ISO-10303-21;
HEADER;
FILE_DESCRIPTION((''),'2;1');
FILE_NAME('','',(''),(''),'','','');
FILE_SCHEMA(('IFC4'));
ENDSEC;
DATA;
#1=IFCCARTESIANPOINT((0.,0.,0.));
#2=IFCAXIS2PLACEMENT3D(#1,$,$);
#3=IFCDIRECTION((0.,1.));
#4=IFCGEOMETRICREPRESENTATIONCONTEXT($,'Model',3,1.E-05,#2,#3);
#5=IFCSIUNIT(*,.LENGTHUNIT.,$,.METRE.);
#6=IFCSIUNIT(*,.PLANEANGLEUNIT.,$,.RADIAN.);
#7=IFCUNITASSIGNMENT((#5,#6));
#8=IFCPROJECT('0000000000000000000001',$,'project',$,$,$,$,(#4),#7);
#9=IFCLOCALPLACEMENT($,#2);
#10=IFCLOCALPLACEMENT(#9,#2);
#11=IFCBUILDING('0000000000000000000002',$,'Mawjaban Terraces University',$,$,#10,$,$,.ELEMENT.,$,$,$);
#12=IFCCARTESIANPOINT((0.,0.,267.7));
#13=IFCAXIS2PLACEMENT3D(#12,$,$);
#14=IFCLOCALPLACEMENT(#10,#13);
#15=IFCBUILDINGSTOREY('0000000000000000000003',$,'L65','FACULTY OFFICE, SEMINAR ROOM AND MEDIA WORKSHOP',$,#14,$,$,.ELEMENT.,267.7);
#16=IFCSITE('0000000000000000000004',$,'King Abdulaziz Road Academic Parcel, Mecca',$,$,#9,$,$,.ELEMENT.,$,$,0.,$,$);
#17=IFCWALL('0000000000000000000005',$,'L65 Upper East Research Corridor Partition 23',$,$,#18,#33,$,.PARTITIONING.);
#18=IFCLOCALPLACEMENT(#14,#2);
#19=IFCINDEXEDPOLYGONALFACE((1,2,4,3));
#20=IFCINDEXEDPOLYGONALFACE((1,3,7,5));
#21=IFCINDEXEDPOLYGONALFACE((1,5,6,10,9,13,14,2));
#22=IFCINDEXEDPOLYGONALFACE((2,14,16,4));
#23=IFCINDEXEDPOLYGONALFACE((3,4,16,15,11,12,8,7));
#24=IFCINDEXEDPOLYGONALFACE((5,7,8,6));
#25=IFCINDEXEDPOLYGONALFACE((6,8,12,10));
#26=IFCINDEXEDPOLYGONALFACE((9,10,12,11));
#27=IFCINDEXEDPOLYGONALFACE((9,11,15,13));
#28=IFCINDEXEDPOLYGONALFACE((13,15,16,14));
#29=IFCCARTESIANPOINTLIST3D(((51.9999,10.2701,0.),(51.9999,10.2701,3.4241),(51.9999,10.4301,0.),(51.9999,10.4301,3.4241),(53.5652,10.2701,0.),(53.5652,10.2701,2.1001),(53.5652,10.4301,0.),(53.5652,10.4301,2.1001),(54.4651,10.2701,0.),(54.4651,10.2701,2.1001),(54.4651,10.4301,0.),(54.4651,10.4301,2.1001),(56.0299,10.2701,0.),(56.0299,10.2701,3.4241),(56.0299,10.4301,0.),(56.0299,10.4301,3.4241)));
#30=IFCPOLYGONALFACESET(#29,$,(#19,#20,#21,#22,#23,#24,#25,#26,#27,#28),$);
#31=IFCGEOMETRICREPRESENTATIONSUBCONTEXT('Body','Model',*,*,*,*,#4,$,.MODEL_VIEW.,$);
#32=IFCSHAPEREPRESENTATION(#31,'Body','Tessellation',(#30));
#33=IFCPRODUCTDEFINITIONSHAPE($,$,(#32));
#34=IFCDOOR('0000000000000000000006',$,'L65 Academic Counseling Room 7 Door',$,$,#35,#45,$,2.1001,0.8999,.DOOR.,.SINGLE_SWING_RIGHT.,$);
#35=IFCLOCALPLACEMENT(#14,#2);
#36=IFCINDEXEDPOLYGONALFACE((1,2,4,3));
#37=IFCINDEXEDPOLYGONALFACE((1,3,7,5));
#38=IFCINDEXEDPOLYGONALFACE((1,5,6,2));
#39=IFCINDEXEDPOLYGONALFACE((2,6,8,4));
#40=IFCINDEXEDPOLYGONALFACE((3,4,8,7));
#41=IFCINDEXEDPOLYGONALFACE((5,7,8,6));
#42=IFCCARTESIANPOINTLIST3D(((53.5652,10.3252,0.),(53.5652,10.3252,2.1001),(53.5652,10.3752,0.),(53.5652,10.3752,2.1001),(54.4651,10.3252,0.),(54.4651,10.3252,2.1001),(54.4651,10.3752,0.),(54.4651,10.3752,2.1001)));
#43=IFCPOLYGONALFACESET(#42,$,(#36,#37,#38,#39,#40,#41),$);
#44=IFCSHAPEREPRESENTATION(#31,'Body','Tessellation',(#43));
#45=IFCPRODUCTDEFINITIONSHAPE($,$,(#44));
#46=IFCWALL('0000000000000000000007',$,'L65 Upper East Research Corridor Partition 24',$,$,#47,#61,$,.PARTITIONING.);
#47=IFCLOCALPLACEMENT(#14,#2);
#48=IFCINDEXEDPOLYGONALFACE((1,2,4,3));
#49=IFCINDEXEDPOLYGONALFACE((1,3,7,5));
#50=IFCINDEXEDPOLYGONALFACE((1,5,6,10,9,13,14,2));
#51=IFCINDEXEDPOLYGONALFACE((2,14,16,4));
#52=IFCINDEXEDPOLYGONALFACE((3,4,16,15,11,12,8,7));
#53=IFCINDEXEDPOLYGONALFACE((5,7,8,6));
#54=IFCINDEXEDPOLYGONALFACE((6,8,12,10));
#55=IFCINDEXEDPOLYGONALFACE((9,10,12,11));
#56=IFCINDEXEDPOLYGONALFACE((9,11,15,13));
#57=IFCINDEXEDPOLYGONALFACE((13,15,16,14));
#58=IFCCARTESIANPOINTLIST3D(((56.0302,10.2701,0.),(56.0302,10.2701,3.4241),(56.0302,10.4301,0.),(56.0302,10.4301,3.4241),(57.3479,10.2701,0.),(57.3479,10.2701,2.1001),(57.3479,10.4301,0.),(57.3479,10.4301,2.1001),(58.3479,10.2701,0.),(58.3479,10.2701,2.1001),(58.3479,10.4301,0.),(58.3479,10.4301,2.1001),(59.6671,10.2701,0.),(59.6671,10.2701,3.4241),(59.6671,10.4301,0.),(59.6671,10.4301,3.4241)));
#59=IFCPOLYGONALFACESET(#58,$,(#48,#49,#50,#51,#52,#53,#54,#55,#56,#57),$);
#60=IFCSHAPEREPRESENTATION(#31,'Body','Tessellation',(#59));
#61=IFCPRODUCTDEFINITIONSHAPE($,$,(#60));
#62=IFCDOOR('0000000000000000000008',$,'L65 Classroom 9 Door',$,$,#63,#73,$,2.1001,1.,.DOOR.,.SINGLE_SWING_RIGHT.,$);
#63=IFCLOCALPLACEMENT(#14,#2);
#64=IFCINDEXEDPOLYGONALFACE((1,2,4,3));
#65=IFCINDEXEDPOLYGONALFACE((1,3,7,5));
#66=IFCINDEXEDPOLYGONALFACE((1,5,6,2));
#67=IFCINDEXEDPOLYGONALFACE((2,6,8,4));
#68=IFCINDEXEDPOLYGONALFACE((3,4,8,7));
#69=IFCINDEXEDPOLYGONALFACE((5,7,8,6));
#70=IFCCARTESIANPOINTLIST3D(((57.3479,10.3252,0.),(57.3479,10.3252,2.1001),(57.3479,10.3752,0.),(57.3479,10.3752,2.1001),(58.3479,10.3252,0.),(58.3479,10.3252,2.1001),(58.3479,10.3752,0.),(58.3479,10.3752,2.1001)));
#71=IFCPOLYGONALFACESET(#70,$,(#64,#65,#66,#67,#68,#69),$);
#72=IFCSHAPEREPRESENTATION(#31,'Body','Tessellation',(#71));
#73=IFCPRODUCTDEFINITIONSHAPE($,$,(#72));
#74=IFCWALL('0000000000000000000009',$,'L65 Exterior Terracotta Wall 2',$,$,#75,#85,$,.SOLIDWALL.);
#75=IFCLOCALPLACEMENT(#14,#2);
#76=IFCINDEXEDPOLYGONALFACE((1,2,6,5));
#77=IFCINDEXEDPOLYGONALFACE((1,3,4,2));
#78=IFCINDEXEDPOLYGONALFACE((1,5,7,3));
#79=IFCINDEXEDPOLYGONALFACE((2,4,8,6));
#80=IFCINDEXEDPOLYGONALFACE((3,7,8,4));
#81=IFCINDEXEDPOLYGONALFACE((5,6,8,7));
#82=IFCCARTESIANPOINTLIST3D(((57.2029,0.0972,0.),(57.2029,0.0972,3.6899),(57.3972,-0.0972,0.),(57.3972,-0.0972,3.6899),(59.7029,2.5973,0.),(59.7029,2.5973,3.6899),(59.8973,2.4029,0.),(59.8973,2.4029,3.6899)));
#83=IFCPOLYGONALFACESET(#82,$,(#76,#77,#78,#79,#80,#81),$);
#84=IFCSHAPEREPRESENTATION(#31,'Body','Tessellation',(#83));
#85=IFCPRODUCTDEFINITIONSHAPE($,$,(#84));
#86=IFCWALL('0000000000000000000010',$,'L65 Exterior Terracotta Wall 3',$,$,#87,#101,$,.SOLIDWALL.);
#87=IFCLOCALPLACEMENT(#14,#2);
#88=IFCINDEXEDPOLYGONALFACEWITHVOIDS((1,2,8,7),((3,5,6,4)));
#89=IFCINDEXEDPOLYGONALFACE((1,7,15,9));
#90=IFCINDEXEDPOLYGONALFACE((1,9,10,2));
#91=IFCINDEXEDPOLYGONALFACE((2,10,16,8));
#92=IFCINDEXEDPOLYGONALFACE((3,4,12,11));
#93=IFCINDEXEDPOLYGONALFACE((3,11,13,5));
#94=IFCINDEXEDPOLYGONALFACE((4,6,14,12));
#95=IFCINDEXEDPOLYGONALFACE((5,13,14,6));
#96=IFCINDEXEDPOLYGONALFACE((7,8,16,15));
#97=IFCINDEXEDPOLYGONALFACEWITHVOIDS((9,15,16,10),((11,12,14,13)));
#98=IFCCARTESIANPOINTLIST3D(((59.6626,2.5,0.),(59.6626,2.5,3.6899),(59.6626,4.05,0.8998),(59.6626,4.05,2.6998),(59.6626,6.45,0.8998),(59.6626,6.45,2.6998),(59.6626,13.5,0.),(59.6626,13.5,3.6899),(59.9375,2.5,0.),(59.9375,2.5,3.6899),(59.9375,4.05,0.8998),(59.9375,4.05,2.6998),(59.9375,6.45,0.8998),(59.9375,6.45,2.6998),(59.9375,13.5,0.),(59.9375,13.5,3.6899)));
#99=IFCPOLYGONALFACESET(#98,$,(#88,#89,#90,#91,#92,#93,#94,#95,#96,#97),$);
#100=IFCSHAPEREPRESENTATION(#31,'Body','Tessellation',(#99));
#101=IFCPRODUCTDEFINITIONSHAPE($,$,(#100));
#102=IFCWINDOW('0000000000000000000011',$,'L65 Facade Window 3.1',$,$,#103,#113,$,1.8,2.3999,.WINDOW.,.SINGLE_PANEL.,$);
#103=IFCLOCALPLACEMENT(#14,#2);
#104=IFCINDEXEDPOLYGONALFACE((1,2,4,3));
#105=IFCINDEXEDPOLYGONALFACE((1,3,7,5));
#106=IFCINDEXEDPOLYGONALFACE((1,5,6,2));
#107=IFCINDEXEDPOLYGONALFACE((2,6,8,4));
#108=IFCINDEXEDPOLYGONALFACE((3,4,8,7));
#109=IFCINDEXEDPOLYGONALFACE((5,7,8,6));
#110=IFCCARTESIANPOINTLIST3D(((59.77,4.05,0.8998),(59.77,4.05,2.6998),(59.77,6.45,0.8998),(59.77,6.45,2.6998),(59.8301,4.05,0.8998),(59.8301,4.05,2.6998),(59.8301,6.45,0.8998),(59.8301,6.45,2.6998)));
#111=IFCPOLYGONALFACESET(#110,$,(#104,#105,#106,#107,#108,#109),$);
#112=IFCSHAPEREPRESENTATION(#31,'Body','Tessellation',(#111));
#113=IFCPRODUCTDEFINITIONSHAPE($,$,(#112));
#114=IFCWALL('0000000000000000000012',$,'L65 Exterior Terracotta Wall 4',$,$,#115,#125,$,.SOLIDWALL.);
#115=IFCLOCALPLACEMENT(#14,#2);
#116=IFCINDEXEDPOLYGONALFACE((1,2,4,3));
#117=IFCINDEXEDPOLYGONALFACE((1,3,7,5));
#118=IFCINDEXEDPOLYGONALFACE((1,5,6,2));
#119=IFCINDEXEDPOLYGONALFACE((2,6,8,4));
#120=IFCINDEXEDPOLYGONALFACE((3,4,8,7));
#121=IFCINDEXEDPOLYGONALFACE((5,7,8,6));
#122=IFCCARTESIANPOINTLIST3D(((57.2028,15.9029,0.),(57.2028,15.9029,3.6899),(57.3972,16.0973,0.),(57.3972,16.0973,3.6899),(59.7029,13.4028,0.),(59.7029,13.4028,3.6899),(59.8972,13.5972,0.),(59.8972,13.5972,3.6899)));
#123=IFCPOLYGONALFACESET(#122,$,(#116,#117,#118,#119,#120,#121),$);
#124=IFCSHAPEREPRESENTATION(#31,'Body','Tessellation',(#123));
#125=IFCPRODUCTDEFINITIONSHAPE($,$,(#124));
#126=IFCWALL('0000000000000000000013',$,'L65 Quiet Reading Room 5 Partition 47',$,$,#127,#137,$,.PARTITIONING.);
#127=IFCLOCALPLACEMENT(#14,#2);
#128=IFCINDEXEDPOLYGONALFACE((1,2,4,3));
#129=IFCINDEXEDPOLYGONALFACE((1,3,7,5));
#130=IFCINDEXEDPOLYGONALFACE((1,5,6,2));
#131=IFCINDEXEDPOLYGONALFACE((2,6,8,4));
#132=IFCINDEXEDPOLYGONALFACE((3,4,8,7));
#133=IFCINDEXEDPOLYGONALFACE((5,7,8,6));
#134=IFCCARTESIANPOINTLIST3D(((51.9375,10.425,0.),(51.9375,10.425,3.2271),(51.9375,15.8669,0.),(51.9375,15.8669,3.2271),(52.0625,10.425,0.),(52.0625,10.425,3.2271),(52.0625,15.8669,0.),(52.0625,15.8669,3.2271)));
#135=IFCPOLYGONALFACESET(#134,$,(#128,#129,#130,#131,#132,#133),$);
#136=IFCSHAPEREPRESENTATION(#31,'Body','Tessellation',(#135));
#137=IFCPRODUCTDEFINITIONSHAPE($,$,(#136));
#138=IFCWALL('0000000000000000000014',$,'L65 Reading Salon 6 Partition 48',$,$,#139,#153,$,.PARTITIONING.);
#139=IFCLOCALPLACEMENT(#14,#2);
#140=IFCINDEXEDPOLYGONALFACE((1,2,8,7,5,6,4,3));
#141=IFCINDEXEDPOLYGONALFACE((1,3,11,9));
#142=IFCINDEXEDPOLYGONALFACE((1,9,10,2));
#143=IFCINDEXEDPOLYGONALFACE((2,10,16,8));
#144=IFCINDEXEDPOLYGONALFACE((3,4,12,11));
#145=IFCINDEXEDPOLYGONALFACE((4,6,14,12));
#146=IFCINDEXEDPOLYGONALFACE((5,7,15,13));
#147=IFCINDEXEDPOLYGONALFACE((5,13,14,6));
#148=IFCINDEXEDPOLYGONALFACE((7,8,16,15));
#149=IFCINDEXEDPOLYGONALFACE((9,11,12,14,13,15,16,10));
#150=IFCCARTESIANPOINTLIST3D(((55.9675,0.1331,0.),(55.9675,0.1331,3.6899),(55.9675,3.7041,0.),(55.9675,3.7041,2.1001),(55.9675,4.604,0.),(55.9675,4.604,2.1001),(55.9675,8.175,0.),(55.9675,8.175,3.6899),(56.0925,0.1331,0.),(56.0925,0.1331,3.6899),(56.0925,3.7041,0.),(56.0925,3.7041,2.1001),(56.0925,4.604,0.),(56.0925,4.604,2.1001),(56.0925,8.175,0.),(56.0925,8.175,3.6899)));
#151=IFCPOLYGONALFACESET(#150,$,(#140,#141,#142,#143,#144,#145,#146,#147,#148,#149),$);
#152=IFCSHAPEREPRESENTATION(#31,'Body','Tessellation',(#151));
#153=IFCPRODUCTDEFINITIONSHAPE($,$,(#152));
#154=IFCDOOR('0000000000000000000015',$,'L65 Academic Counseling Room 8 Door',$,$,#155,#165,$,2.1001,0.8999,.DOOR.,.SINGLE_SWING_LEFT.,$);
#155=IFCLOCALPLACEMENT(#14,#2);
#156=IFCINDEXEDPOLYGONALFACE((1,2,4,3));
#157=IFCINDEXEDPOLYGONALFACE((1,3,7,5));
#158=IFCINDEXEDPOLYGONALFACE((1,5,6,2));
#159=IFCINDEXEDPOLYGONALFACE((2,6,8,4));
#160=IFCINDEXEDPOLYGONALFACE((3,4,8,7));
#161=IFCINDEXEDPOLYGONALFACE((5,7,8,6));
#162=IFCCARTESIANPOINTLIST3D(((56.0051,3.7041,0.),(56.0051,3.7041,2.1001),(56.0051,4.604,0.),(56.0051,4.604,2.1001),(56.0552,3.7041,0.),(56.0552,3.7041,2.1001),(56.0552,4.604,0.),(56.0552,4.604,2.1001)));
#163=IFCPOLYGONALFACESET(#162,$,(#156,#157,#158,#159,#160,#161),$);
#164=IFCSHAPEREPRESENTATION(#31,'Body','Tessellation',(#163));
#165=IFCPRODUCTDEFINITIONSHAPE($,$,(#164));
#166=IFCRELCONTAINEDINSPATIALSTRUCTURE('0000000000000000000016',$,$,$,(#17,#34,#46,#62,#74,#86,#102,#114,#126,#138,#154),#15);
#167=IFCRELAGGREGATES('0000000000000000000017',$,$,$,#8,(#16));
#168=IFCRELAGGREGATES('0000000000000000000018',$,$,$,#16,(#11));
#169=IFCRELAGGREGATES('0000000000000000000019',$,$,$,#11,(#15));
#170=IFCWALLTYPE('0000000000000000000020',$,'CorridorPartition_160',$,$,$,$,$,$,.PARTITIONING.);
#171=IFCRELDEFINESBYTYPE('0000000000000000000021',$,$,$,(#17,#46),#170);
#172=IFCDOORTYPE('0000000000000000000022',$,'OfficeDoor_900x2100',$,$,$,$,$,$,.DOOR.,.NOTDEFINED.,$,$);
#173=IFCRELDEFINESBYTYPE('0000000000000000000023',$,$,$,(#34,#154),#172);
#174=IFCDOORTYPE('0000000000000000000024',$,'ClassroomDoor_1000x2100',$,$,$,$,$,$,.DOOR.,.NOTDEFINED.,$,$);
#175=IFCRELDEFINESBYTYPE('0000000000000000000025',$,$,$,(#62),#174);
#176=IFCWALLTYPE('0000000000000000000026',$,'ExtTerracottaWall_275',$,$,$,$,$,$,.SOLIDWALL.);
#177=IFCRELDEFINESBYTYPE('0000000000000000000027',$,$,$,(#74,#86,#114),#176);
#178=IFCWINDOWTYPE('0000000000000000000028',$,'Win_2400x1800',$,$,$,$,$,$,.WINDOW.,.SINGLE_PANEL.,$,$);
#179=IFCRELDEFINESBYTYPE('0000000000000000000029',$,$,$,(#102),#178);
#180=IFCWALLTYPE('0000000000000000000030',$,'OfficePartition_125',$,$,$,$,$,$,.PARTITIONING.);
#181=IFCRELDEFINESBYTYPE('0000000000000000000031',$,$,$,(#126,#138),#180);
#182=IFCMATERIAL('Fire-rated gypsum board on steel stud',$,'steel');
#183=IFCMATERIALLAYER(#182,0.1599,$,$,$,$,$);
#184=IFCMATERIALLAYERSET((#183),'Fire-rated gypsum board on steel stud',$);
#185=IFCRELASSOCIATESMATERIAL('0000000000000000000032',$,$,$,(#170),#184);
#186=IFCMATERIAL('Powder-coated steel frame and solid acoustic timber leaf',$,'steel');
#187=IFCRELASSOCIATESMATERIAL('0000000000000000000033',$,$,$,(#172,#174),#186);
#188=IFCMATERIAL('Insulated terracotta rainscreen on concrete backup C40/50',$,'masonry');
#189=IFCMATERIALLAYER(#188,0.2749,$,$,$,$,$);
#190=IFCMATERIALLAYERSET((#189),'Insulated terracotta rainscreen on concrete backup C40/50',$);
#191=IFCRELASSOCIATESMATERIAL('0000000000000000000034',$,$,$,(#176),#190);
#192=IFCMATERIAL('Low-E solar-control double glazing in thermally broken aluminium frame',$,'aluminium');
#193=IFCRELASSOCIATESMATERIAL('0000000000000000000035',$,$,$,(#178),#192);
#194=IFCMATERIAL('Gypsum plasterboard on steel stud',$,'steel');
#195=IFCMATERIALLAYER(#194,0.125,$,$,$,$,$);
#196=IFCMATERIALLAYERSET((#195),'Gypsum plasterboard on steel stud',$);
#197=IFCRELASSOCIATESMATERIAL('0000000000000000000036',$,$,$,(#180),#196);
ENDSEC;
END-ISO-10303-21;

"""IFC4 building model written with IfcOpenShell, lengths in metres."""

from ifc_helpers import new_model, si_unit, direction, frame, frame_2d, origin, place, context, subcontext, project, spatial, rectangle, extrude, material, layer, layer_set, type_object, element, fill, save


model = new_model("IFC4")

# Units and contexts
model_context = context("Model", 3, precision=1e-05, world=origin(), true_north=direction((0.0, 1.0)))
body_context = subcontext(model_context, "Body", "Model", "MODEL_VIEW")
ifc_project = project(units=[si_unit("LENGTHUNIT", "METRE"), si_unit("PLANEANGLEUNIT", "RADIAN")], contexts=[model_context])

# Site, building, storey
site_placement = place(None, origin())
site = spatial("IfcSite", under=ifc_project, at=site_placement, Name="King Abdulaziz Road Academic Parcel, Mecca", CompositionType="ELEMENT", RefElevation=0.0)
building_placement = place(site_placement, origin())
building = spatial("IfcBuilding", under=site, at=building_placement, Name="Mawjaban Terraces University", CompositionType="ELEMENT")
storey_placement = place(building_placement, frame((0.0, 0.0, 267.7)))
storey = spatial("IfcBuildingStorey", under=building, at=storey_placement, Name="L65", Description="FACULTY OFFICE, SEMINAR ROOM AND MEDIA WORKSHOP", CompositionType="ELEMENT", Elevation=267.7)

# Shared definitions
ifc_material_1 = material(Name="Fire-rated gypsum board on steel stud", Category="steel")
ifc_layer_1 = layer(ifc_material_1, 0.1599)
ifc_layer_set_1 = layer_set([ifc_layer_1], Name="Fire-rated gypsum board on steel stud")
wall_type_1 = type_object("IfcWallType", Name="CorridorPartition_160", PredefinedType="PARTITIONING", material=ifc_layer_set_1)
ifc_material_2 = material(Name="Powder-coated steel frame and solid acoustic timber leaf", Category="steel")
door_type_1 = type_object("IfcDoorType", Name="OfficeDoor_900x2100", OperationType="NOTDEFINED", PredefinedType="DOOR", material=ifc_material_2)

# Walls, openings, doors
wall_1_placement = place(storey_placement, frame((56.03, 10.3501, 0.0), z_axis=(0.0, 0.0, 1.0), x_axis=(-1.0, 0.0, 0.0)))
wall_1 = element("IfcWall", 1, at=wall_1_placement, inside=storey, type_object=wall_type_1, Name="L65 Upper East Research Corridor Partition 23", PredefinedType="PARTITIONING", context=body_context, shape_type="SweptSolid", body=[
    extrude(rectangle(XDim=4.03, YDim=0.1599, at=frame_2d((2.0151, 0.0))), origin(), (0.0, 0.0, 1.0), 3.4241),
])
opening_1_placement = place(wall_1_placement, frame((1.5649, 0.0, 0.0)))
opening_1 = element("IfcOpeningElement", 2, at=opening_1_placement, cuts=wall_1, PredefinedType="OPENING", context=body_context, shape_type="SweptSolid", body=[
    extrude(rectangle(XDim=0.8999, YDim=2.1001, at=frame_2d((0.45, 1.05))), frame((0.0, 0.0898, 0.0), z_axis=(0.0, -1.0, 0.0), x_axis=(1.0, 0.0, 0.0)), (0.0, 0.0, 1.0), 0.1799),
])
door_1_placement = place(opening_1_placement, origin())
door_1 = element("IfcDoor", 3, at=door_1_placement, inside=storey, type_object=door_type_1, Name="L65 Academic Counseling Room 7 Door", OperationType="SINGLE_SWING_RIGHT", OverallHeight=2.1001, OverallWidth=0.8999, PredefinedType="DOOR", context=body_context, shape_type="SweptSolid", body=[
    extrude(rectangle(XDim=0.8999, YDim=2.1001, at=frame_2d((0.45, 1.05))), frame((0.0, 0.0249, 0.0), z_axis=(0.0, -1.0, 0.0), x_axis=(1.0, 0.0, 0.0)), (0.0, 0.0, 1.0), 0.05),
])
fill(opening_1, door_1)
wall_2_placement = place(storey_placement, frame((59.667, 10.3501, 0.0), z_axis=(0.0, 0.0, 1.0), x_axis=(-1.0, 0.0, 0.0)))
wall_2 = element("IfcWall", 4, at=wall_2_placement, inside=storey, type_object=wall_type_1, Name="L65 Upper East Research Corridor Partition 24", PredefinedType="PARTITIONING", context=body_context, shape_type="SweptSolid", body=[
    extrude(rectangle(XDim=3.637, YDim=0.1599, at=frame_2d((1.8184, 0.0))), origin(), (0.0, 0.0, 1.0), 3.4241),
])
opening_2_placement = place(wall_2_placement, frame((1.3191, 0.0, 0.0)))
opening_2 = element("IfcOpeningElement", 5, at=opening_2_placement, cuts=wall_2, PredefinedType="OPENING", context=body_context, shape_type="SweptSolid", body=[
    extrude(rectangle(XDim=1.0, YDim=2.1001, at=frame_2d((0.5, 1.05))), frame((0.0, 0.0898, 0.0), z_axis=(0.0, -1.0, 0.0), x_axis=(1.0, 0.0, 0.0)), (0.0, 0.0, 1.0), 0.1799),
])
door_type_2 = type_object("IfcDoorType", Name="ClassroomDoor_1000x2100", OperationType="NOTDEFINED", PredefinedType="DOOR", material=ifc_material_2)
door_2_placement = place(opening_2_placement, origin())
door_2 = element("IfcDoor", 6, at=door_2_placement, inside=storey, type_object=door_type_2, Name="L65 Classroom 9 Door", OperationType="SINGLE_SWING_RIGHT", OverallHeight=2.1001, OverallWidth=1.0, PredefinedType="DOOR", context=body_context, shape_type="SweptSolid", body=[
    extrude(rectangle(XDim=1.0, YDim=2.1001, at=frame_2d((0.5, 1.05))), frame((0.0, 0.0249, 0.0), z_axis=(0.0, -1.0, 0.0), x_axis=(1.0, 0.0, 0.0)), (0.0, 0.0, 1.0), 0.05),
])
fill(opening_2, door_2)

# Wall
ifc_material_3 = material(Name="Insulated terracotta rainscreen on concrete backup C40/50", Category="masonry")
ifc_layer_2 = layer(ifc_material_3, 0.2749)
ifc_layer_set_2 = layer_set([ifc_layer_2], Name="Insulated terracotta rainscreen on concrete backup C40/50")
wall_type_2 = type_object("IfcWallType", Name="ExtTerracottaWall_275", PredefinedType="SOLIDWALL", material=ifc_layer_set_2)
wall_3_placement = place(storey_placement, frame((57.3, 0.0, 0.0), z_axis=(0.0, 0.0, 1.0), x_axis=(0.707107, 0.707107, 0.0)))
element("IfcWall", 7, at=wall_3_placement, inside=storey, type_object=wall_type_2, Name="L65 Exterior Terracotta Wall 2", PredefinedType="SOLIDWALL", context=body_context, shape_type="SweptSolid", body=[
    extrude(rectangle(XDim=3.5356, YDim=0.2749, at=frame_2d((1.7678, 0.0))), origin(), (0.0, 0.0, 1.0), 3.6899),
])

# Wall, opening, window
wall_4_placement = place(storey_placement, frame((59.8, 2.5, 0.0), z_axis=(0.0, 0.0, 1.0), x_axis=(0.0, 1.0, 0.0)))
wall_4 = element("IfcWall", 8, at=wall_4_placement, inside=storey, type_object=wall_type_2, Name="L65 Exterior Terracotta Wall 3", PredefinedType="SOLIDWALL", context=body_context, shape_type="SweptSolid", body=[
    extrude(rectangle(XDim=11.0, YDim=0.2749, at=frame_2d((5.5, 0.0))), origin(), (0.0, 0.0, 1.0), 3.6899),
])
opening_3_placement = place(wall_4_placement, frame((1.55, 0.0, 0.8999)))
opening_3 = element("IfcOpeningElement", 9, at=opening_3_placement, cuts=wall_4, PredefinedType="OPENING", context=body_context, shape_type="SweptSolid", body=[
    extrude(rectangle(XDim=2.3999, YDim=1.8, at=frame_2d((1.2, 0.8999))), frame((0.0, 0.1475, 0.0), z_axis=(0.0, -1.0, 0.0), x_axis=(1.0, 0.0, 0.0)), (0.0, 0.0, 1.0), 0.2949),
])
ifc_material_4 = material(Name="Low-E solar-control double glazing in thermally broken aluminium frame", Category="aluminium")
window_type = type_object("IfcWindowType", Name="Win_2400x1800", PartitioningType="SINGLE_PANEL", PredefinedType="WINDOW", material=ifc_material_4)
window_placement = place(opening_3_placement, origin())
window = element("IfcWindow", 10, at=window_placement, inside=storey, type_object=window_type, Name="L65 Facade Window 3.1", OverallHeight=1.8, OverallWidth=2.3999, PartitioningType="SINGLE_PANEL", PredefinedType="WINDOW", context=body_context, shape_type="SweptSolid", body=[
    extrude(rectangle(XDim=2.3999, YDim=1.8, at=frame_2d((1.2, 0.8999))), frame((0.0, 0.03, 0.0), z_axis=(0.0, -1.0, 0.0), x_axis=(1.0, 0.0, 0.0)), (0.0, 0.0, 1.0), 0.0601),
])
fill(opening_3, window)

# Walls
wall_5_placement = place(storey_placement, frame((59.8, 13.5, 0.0), z_axis=(0.0, 0.0, 1.0), x_axis=(-0.707107, 0.707107, 0.0)))
element("IfcWall", 11, at=wall_5_placement, inside=storey, type_object=wall_type_2, Name="L65 Exterior Terracotta Wall 4", PredefinedType="SOLIDWALL", context=body_context, shape_type="SweptSolid", body=[
    extrude(rectangle(XDim=3.5356, YDim=0.2749, at=frame_2d((1.7678, 0.0))), origin(), (0.0, 0.0, 1.0), 3.6899),
])
ifc_material_5 = material(Name="Gypsum plasterboard on steel stud", Category="steel")
ifc_layer_3 = layer(ifc_material_5, 0.125)
ifc_layer_set_3 = layer_set([ifc_layer_3], Name="Gypsum plasterboard on steel stud")
wall_type_3 = type_object("IfcWallType", Name="OfficePartition_125", PredefinedType="PARTITIONING", material=ifc_layer_set_3)
wall_6_placement = place(storey_placement, frame((52.0, 10.425, 0.0), z_axis=(0.0, 0.0, 1.0), x_axis=(0.0, 1.0, 0.0)))
element("IfcWall", 12, at=wall_6_placement, inside=storey, type_object=wall_type_3, Name="L65 Quiet Reading Room 5 Partition 47", PredefinedType="PARTITIONING", context=body_context, shape_type="SweptSolid", body=[
    extrude(rectangle(XDim=5.4419, YDim=0.125, at=frame_2d((2.7209, 0.0))), origin(), (0.0, 0.0, 1.0), 3.2271),
])

# Wall, opening, door
wall_7_placement = place(storey_placement, frame((56.03, 0.1331, 0.0), z_axis=(0.0, 0.0, 1.0), x_axis=(0.0, 1.0, 0.0)))
wall_7 = element("IfcWall", 13, at=wall_7_placement, inside=storey, type_object=wall_type_3, Name="L65 Reading Salon 6 Partition 48", PredefinedType="PARTITIONING", context=body_context, shape_type="SweptSolid", body=[
    extrude(rectangle(XDim=8.042, YDim=0.125, at=frame_2d((4.021, 0.0))), origin(), (0.0, 0.0, 1.0), 3.6899),
])
opening_4_placement = place(wall_7_placement, frame((3.571, 0.0, 0.0)))
opening_4 = element("IfcOpeningElement", 14, at=opening_4_placement, cuts=wall_7, PredefinedType="OPENING", context=body_context, shape_type="SweptSolid", body=[
    extrude(rectangle(XDim=0.8999, YDim=2.1001, at=frame_2d((0.45, 1.05))), frame((0.0, 0.0725, 0.0), z_axis=(0.0, -1.0, 0.0), x_axis=(1.0, 0.0, 0.0)), (0.0, 0.0, 1.0), 0.145),
])
door_3_placement = place(opening_4_placement, origin())
door_3 = element("IfcDoor", 15, at=door_3_placement, inside=storey, type_object=door_type_1, Name="L65 Academic Counseling Room 8 Door", OperationType="SINGLE_SWING_LEFT", OverallHeight=2.1001, OverallWidth=0.8999, PredefinedType="DOOR", context=body_context, shape_type="SweptSolid", body=[
    extrude(rectangle(XDim=0.8999, YDim=2.1001, at=frame_2d((0.45, 1.05))), frame((0.0, 0.0249, 0.0), z_axis=(0.0, -1.0, 0.0), x_axis=(1.0, 0.0, 0.0)), (0.0, 0.0, 1.0), 0.05),
])
fill(opening_4, door_3)

save(model, "model.ifc")
